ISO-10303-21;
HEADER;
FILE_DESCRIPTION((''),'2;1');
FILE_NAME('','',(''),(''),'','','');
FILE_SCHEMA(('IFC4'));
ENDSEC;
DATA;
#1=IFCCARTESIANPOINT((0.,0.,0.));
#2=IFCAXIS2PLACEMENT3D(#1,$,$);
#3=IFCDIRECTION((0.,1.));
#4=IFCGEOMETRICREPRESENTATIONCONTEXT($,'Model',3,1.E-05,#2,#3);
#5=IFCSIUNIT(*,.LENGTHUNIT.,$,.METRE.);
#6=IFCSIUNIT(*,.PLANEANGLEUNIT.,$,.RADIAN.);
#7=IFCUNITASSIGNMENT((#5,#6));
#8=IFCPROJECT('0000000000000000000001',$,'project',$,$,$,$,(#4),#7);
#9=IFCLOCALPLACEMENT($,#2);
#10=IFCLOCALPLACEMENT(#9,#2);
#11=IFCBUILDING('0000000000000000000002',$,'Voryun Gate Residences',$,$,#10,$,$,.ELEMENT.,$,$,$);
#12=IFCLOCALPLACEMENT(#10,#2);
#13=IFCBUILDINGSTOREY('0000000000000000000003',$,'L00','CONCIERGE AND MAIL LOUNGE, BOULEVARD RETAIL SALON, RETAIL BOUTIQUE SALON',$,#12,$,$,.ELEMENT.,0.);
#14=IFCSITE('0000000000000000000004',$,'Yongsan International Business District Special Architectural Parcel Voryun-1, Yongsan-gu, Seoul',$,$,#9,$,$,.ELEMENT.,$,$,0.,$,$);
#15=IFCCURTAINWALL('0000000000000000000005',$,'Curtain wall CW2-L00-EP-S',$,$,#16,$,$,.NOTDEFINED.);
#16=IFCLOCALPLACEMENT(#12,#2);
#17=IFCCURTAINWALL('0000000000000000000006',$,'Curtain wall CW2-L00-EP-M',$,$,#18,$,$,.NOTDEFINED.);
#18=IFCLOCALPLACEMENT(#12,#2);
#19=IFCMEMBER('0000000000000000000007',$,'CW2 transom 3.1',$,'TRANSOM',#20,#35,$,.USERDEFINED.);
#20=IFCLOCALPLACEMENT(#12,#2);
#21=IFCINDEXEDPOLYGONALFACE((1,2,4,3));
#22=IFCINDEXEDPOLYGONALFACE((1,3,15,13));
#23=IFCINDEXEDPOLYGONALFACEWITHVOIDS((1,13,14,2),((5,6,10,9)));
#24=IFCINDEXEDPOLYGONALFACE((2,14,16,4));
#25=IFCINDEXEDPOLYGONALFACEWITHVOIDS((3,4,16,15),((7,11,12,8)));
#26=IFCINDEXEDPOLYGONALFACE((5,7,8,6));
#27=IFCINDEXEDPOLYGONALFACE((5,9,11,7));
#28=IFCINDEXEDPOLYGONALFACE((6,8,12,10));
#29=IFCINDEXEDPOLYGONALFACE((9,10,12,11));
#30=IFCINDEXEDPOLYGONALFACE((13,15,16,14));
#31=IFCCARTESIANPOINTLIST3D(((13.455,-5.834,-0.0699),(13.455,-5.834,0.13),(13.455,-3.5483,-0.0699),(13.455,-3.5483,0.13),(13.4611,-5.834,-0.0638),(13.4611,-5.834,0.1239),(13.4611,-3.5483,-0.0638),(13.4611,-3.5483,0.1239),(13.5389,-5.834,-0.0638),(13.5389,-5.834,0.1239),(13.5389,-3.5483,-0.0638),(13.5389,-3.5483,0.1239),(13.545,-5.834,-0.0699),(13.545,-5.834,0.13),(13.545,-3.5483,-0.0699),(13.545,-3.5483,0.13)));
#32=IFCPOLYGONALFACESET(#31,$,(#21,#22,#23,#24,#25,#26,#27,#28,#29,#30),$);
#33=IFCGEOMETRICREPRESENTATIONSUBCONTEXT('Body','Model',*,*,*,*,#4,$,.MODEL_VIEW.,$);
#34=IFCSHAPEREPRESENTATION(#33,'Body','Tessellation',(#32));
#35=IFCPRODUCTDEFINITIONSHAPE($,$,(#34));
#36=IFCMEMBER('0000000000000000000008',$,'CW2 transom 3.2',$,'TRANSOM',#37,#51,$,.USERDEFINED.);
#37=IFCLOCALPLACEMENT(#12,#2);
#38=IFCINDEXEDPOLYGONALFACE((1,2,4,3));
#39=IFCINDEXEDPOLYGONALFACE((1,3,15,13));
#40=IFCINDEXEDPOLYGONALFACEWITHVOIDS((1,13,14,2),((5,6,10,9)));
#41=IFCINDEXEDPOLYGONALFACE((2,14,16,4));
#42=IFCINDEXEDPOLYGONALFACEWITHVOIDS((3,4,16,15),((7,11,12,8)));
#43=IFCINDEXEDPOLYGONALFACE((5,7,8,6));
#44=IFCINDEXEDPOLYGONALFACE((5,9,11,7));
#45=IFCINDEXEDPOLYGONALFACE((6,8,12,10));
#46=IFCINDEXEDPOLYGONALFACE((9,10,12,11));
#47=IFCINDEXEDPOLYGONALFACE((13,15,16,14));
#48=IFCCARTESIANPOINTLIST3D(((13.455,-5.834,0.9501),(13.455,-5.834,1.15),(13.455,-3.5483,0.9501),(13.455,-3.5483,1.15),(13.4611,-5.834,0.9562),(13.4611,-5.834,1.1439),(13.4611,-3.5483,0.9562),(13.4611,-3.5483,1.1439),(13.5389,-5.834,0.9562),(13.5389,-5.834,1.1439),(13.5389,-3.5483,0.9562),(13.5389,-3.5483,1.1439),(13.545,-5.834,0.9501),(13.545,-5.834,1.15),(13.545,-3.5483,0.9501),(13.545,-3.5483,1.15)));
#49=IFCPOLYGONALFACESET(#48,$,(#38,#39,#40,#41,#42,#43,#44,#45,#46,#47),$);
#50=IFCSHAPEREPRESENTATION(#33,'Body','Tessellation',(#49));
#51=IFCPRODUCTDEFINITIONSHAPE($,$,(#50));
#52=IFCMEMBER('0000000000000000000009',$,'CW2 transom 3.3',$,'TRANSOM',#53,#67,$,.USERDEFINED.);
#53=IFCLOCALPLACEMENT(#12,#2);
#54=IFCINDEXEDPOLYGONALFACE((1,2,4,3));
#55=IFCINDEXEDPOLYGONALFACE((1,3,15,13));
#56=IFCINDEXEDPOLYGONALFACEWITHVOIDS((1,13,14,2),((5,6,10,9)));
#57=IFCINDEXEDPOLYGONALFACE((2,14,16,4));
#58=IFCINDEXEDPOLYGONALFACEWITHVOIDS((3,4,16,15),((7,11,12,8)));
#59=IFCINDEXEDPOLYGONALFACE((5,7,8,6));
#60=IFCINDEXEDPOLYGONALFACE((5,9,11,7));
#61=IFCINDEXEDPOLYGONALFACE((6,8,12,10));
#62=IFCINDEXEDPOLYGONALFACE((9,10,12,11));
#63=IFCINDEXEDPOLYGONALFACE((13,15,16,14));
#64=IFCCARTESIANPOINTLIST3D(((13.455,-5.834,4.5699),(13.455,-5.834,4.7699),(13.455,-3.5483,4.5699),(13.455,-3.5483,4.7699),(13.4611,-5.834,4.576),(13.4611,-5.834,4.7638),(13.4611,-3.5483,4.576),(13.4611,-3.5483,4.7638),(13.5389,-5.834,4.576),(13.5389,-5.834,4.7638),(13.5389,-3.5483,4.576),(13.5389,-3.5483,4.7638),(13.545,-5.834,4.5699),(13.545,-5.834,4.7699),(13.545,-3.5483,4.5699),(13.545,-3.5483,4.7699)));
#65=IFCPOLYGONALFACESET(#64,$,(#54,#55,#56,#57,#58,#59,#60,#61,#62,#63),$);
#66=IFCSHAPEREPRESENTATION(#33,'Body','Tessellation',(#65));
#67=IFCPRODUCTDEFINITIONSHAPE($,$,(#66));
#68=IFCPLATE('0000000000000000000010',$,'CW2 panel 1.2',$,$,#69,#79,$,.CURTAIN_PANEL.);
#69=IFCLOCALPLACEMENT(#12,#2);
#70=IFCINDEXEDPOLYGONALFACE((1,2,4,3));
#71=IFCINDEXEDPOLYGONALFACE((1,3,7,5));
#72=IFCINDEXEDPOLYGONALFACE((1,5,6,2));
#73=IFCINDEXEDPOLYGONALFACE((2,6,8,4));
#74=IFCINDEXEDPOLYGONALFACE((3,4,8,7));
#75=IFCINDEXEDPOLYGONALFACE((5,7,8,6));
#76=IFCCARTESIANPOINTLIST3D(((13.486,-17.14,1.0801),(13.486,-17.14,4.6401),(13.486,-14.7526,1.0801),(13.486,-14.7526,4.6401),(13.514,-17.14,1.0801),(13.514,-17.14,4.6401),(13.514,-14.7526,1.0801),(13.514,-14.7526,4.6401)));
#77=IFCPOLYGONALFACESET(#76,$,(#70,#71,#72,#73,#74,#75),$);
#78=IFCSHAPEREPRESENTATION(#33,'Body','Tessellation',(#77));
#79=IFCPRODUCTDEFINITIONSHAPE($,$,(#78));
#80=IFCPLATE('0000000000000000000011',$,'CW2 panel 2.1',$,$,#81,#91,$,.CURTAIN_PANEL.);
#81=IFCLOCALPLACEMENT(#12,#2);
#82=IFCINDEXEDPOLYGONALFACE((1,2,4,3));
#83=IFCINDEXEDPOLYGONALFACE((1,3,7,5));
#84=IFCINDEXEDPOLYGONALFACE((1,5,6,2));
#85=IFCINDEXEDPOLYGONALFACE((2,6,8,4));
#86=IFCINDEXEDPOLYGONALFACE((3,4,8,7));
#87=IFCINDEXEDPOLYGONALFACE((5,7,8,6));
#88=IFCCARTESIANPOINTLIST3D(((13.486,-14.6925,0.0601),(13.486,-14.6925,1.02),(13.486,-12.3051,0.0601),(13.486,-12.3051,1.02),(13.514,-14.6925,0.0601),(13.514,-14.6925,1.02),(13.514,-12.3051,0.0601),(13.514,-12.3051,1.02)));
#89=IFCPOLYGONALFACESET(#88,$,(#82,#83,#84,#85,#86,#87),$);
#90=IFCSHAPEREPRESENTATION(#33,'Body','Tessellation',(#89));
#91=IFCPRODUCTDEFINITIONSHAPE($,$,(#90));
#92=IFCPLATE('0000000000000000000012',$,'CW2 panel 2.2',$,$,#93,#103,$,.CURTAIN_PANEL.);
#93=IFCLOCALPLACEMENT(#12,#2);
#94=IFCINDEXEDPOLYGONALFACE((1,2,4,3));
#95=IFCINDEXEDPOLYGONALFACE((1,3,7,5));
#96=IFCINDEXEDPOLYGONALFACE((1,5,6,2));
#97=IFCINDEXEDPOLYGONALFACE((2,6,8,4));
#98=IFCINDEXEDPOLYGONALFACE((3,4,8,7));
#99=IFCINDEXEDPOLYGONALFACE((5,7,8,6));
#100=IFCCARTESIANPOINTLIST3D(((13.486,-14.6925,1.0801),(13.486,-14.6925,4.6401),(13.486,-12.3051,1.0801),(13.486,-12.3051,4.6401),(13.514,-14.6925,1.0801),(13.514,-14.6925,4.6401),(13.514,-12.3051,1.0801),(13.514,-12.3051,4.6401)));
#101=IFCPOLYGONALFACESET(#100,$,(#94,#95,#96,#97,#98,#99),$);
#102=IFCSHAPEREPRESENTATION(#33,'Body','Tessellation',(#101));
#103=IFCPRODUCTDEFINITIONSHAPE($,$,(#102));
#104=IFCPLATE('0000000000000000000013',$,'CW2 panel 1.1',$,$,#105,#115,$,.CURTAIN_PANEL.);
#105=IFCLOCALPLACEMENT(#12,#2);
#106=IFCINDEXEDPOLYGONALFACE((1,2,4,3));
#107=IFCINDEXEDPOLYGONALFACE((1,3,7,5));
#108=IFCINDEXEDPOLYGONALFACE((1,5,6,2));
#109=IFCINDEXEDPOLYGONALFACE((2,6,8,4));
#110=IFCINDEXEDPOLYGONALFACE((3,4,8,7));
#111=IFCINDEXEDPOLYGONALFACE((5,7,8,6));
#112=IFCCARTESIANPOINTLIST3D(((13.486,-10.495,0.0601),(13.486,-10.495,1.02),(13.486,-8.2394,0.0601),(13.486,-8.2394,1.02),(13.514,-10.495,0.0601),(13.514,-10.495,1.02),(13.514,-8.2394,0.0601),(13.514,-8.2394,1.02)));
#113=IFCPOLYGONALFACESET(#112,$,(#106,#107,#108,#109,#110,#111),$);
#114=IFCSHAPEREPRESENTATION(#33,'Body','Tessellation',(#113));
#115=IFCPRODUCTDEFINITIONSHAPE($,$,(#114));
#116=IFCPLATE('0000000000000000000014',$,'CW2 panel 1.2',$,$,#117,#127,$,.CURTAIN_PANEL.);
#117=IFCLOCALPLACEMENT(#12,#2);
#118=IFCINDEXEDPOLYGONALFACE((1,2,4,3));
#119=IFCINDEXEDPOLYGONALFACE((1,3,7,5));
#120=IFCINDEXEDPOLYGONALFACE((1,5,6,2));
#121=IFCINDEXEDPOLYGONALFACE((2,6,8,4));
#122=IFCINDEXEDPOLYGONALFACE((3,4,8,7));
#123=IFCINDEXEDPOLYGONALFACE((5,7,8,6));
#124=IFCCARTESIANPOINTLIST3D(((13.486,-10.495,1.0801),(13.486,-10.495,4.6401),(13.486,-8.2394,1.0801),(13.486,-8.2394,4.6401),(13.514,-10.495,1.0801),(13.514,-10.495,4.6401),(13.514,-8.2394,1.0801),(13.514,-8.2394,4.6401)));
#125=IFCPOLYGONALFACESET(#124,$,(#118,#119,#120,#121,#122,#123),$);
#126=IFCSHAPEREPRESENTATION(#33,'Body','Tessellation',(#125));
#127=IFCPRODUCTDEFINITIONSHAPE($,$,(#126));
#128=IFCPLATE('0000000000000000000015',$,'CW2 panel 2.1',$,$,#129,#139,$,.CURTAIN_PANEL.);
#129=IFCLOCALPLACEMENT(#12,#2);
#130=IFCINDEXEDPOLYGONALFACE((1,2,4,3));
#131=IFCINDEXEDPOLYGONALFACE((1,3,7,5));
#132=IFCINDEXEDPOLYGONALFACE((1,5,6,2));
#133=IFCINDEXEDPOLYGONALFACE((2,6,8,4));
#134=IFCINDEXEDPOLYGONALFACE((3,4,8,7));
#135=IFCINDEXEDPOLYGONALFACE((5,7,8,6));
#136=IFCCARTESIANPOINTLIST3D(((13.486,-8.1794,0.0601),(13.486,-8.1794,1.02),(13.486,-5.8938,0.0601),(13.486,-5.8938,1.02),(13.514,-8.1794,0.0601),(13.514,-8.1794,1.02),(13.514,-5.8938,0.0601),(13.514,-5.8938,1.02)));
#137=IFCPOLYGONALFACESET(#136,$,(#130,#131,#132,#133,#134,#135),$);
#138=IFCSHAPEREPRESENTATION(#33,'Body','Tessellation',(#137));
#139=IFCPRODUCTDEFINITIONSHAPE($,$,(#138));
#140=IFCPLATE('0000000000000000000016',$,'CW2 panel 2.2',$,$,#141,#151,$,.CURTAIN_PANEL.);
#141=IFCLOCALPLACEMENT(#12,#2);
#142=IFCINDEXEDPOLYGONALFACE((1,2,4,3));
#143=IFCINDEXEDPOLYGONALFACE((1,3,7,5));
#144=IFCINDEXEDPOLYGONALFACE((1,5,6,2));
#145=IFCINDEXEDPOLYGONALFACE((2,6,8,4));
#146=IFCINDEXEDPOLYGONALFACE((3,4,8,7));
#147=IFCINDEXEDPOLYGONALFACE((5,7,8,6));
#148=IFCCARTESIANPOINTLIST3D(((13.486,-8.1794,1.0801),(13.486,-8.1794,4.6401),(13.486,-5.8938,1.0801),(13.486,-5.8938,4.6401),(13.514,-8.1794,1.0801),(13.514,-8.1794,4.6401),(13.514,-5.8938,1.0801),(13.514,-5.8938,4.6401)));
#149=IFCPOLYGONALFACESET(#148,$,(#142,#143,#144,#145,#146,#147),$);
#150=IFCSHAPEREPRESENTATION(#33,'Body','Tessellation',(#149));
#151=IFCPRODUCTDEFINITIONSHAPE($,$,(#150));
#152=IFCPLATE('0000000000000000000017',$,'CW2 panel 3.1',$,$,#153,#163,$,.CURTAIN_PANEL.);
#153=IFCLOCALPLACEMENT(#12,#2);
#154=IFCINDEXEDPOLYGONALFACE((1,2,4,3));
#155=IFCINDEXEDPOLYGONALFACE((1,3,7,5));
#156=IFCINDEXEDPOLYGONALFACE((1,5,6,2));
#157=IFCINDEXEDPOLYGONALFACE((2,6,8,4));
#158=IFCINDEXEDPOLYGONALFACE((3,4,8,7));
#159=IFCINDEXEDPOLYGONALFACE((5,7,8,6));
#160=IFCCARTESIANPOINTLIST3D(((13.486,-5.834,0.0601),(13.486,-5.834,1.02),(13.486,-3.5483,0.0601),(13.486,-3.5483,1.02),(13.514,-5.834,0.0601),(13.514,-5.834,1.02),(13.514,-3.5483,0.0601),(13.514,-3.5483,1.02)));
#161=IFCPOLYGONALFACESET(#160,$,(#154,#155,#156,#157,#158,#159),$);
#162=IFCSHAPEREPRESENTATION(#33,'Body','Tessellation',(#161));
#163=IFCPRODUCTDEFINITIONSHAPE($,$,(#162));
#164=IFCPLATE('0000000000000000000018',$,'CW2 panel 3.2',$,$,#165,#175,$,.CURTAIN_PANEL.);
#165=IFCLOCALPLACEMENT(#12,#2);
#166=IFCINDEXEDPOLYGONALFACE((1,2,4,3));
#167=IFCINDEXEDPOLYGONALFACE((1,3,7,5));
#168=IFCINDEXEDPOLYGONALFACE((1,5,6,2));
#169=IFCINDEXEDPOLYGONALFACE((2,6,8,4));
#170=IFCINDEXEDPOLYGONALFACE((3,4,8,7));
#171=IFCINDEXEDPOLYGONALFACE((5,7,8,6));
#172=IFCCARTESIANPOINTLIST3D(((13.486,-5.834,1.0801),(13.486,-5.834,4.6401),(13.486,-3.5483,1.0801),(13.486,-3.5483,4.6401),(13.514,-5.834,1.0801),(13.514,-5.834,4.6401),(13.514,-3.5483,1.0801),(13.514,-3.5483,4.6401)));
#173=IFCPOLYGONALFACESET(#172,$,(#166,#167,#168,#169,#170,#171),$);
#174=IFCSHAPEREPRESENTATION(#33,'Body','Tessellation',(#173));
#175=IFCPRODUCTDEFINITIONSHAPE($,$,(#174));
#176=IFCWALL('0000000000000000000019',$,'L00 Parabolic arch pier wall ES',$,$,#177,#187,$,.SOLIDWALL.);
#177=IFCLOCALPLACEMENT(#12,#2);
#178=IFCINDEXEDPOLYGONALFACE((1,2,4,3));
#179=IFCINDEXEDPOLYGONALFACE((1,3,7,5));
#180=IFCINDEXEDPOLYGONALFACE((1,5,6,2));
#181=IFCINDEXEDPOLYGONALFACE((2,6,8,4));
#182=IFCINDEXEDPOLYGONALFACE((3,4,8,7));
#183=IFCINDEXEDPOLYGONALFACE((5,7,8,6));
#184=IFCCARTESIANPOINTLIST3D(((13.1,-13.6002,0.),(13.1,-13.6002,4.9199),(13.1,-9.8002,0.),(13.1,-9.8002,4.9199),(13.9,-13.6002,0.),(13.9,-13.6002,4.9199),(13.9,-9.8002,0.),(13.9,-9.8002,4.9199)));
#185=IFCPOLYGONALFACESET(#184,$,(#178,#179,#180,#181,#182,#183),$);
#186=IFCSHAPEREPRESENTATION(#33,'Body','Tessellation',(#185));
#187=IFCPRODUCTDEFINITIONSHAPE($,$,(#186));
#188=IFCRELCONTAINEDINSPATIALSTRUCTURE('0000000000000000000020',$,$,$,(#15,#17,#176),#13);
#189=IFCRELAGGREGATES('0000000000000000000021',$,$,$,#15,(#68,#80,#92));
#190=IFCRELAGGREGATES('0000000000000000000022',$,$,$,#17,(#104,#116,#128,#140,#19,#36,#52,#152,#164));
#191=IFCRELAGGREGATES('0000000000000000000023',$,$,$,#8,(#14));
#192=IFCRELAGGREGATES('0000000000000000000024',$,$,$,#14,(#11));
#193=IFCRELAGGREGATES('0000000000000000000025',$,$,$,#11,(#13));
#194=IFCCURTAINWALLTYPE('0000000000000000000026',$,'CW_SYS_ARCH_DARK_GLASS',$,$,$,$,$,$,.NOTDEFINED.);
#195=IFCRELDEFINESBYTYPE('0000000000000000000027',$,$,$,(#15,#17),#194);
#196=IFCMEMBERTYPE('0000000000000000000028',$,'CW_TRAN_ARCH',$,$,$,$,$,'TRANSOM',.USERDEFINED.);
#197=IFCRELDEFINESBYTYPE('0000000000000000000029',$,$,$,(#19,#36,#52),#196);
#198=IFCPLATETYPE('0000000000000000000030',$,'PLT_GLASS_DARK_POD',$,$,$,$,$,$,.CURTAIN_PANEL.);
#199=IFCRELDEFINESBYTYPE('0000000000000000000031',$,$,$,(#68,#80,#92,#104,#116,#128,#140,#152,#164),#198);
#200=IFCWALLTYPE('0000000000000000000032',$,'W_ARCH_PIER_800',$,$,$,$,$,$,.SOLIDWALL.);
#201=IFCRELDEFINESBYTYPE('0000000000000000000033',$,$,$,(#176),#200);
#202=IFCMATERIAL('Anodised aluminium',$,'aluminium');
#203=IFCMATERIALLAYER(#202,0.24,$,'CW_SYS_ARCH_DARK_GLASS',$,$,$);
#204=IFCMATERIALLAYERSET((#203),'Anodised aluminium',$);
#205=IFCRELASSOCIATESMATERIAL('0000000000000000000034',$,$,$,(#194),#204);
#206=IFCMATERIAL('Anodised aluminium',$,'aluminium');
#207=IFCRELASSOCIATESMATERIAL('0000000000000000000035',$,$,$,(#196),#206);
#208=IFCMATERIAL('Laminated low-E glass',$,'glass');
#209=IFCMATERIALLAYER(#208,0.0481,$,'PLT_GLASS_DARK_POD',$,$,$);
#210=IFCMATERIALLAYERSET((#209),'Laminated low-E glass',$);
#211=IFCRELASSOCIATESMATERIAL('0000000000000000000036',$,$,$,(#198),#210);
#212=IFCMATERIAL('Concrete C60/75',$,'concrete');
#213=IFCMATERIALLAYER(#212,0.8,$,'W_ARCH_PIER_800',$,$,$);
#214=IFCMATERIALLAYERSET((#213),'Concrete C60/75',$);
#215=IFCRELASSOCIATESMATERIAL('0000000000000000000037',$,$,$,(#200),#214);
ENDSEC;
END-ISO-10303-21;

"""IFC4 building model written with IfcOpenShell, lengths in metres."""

from ifc_helpers import new_model, si_unit, direction, frame, frame_2d, origin, origin_2d, place, context, subcontext, project, spatial, rectangle, hollow_rectangle, extrude, material, layer, layer_set, material_profile, profile_set, type_object, element, aggregate, save


model = new_model("IFC4")

# Units and contexts
model_context = context("Model", 3, precision=1e-05, world=origin(), true_north=direction((0.0, 1.0)))
body_context = subcontext(model_context, "Body", "Model", "MODEL_VIEW")
ifc_project = project(units=[si_unit("LENGTHUNIT", "METRE"), si_unit("PLANEANGLEUNIT", "RADIAN")], contexts=[model_context])

# Site, building, storey
site_placement = place(None, origin())
site = spatial("IfcSite", under=ifc_project, at=site_placement, Name="Yongsan International Business District Special Architectural Parcel Voryun-1, Yongsan-gu, Seoul", CompositionType="ELEMENT", RefElevation=0.0)
building_placement = place(site_placement, origin())
building = spatial("IfcBuilding", under=site, at=building_placement, Name="Voryun Gate Residences", CompositionType="ELEMENT")
storey_placement = place(building_placement, origin())
storey = spatial("IfcBuildingStorey", under=building, at=storey_placement, Name="L00", Description="CONCIERGE AND MAIL LOUNGE, BOULEVARD RETAIL SALON, RETAIL BOUTIQUE SALON", CompositionType="ELEMENT", Elevation=0.0)

# Curtain walls
ifc_material_1 = material(Name="Anodised aluminium", Category="aluminium")
ifc_layer_1 = layer(ifc_material_1, 0.24, Name="CW_SYS_ARCH_DARK_GLASS")
ifc_layer_set_1 = layer_set([ifc_layer_1], Name="Anodised aluminium")
curtain_wall_type = type_object("IfcCurtainWallType", Name="CW_SYS_ARCH_DARK_GLASS", PredefinedType="NOTDEFINED", material=ifc_layer_set_1)
curtain_wall_1_placement = place(storey_placement, origin())
curtain_wall_1 = element("IfcCurtainWall", 1, at=curtain_wall_1_placement, inside=storey, type_object=curtain_wall_type, Name="Curtain wall CW2-L00-EP-S", PredefinedType="NOTDEFINED")
curtain_wall_2_placement = place(storey_placement, origin())
curtain_wall_2 = element("IfcCurtainWall", 2, at=curtain_wall_2_placement, inside=storey, type_object=curtain_wall_type, Name="Curtain wall CW2-L00-EP-M", PredefinedType="NOTDEFINED")

# Members
ifc_material_2 = material(Name="Anodised aluminium", Category="aluminium")
ifc_material_profile_1 = material_profile(ifc_material_2, hollow_rectangle(XDim=0.0901, YDim=0.2, WallThickness=0.0061, at=origin_2d()), Name="ALU-TRAN-200x90x6")
ifc_profile_set_1 = profile_set([ifc_material_profile_1], Name="Anodised aluminium")
member_type_1 = type_object("IfcMemberType", Name="CW_TRAN_ARCH", ElementType="TRANSOM", PredefinedType="USERDEFINED", material=ifc_profile_set_1)
member_1_placement = place(storey_placement, frame((13.5, -5.834, 0.03), z_axis=(0.0, 1.0, 0.0), x_axis=(-1.0, 0.0, 0.0)))
member_1 = element("IfcMember", 3, at=member_1_placement, type_object=member_type_1, Name="CW2 transom 3.1", ObjectType="TRANSOM", PredefinedType="USERDEFINED", context=body_context, shape_type="SweptSolid", body=[
    extrude(hollow_rectangle(XDim=0.0901, YDim=0.2, WallThickness=0.0061, at=origin_2d()), origin(), (0.0, 0.0, 1.0), 2.2856),
])
member_2_placement = place(storey_placement, frame((13.5, -5.834, 1.05), z_axis=(0.0, 1.0, 0.0), x_axis=(-1.0, 0.0, 0.0)))
member_2 = element("IfcMember", 4, at=member_2_placement, type_object=member_type_1, Name="CW2 transom 3.2", ObjectType="TRANSOM", PredefinedType="USERDEFINED", context=body_context, shape_type="SweptSolid", body=[
    extrude(hollow_rectangle(XDim=0.0901, YDim=0.2, WallThickness=0.0061, at=origin_2d()), origin(), (0.0, 0.0, 1.0), 2.2856),
])
member_3_placement = place(storey_placement, frame((13.5, -5.834, 4.6699), z_axis=(0.0, 1.0, 0.0), x_axis=(-1.0, 0.0, 0.0)))
member_3 = element("IfcMember", 5, at=member_3_placement, type_object=member_type_1, Name="CW2 transom 3.3", ObjectType="TRANSOM", PredefinedType="USERDEFINED", context=body_context, shape_type="SweptSolid", body=[
    extrude(hollow_rectangle(XDim=0.0901, YDim=0.2, WallThickness=0.0061, at=origin_2d()), origin(), (0.0, 0.0, 1.0), 2.2856),
])

# Plates
ifc_material_3 = material(Name="Laminated low-E glass", Category="glass")
ifc_layer_2 = layer(ifc_material_3, 0.0481, Name="PLT_GLASS_DARK_POD")
ifc_layer_set_2 = layer_set([ifc_layer_2], Name="Laminated low-E glass")
plate_type = type_object("IfcPlateType", Name="PLT_GLASS_DARK_POD", PredefinedType="CURTAIN_PANEL", material=ifc_layer_set_2)
plate_1_placement = place(storey_placement, frame((13.5, -15.9463, 1.0801), z_axis=(0.0, 0.0, 1.0), x_axis=(0.0, 1.0, 0.0)))
plate_1 = element("IfcPlate", 6, at=plate_1_placement, type_object=plate_type, Name="CW2 panel 1.2", PredefinedType="CURTAIN_PANEL", context=body_context, shape_type="SweptSolid", body=[
    extrude(rectangle(XDim=2.3875, YDim=0.0281, at=origin_2d()), origin(), (0.0, 0.0, 1.0), 3.5601),
])
plate_2_placement = place(storey_placement, frame((13.5, -13.4988, 0.0601), z_axis=(0.0, 0.0, 1.0), x_axis=(0.0, 1.0, 0.0)))
plate_2 = element("IfcPlate", 7, at=plate_2_placement, type_object=plate_type, Name="CW2 panel 2.1", PredefinedType="CURTAIN_PANEL", context=body_context, shape_type="SweptSolid", body=[
    extrude(rectangle(XDim=2.3875, YDim=0.0281, at=origin_2d()), origin(), (0.0, 0.0, 1.0), 0.96),
])
plate_3_placement = place(storey_placement, frame((13.5, -13.4988, 1.0801), z_axis=(0.0, 0.0, 1.0), x_axis=(0.0, 1.0, 0.0)))
plate_3 = element("IfcPlate", 8, at=plate_3_placement, type_object=plate_type, Name="CW2 panel 2.2", PredefinedType="CURTAIN_PANEL", context=body_context, shape_type="SweptSolid", body=[
    extrude(rectangle(XDim=2.3875, YDim=0.0281, at=origin_2d()), origin(), (0.0, 0.0, 1.0), 3.5601),
])
aggregate(curtain_wall_1, [plate_1, plate_2, plate_3])
plate_4_placement = place(storey_placement, frame((13.5, -9.3672, 0.0601), z_axis=(0.0, 0.0, 1.0), x_axis=(0.0, 1.0, 0.0)))
plate_4 = element("IfcPlate", 9, at=plate_4_placement, type_object=plate_type, Name="CW2 panel 1.1", PredefinedType="CURTAIN_PANEL", context=body_context, shape_type="SweptSolid", body=[
    extrude(rectangle(XDim=2.2556, YDim=0.0281, at=origin_2d()), origin(), (0.0, 0.0, 1.0), 0.96),
])
plate_5_placement = place(storey_placement, frame((13.5, -9.3672, 1.0801), z_axis=(0.0, 0.0, 1.0), x_axis=(0.0, 1.0, 0.0)))
plate_5 = element("IfcPlate", 10, at=plate_5_placement, type_object=plate_type, Name="CW2 panel 1.2", PredefinedType="CURTAIN_PANEL", context=body_context, shape_type="SweptSolid", body=[
    extrude(rectangle(XDim=2.2556, YDim=0.0281, at=origin_2d()), origin(), (0.0, 0.0, 1.0), 3.5601),
])
plate_6_placement = place(storey_placement, frame((13.5, -7.0366, 0.0601), z_axis=(0.0, 0.0, 1.0), x_axis=(0.0, 1.0, 0.0)))
plate_6 = element("IfcPlate", 11, at=plate_6_placement, type_object=plate_type, Name="CW2 panel 2.1", PredefinedType="CURTAIN_PANEL", context=body_context, shape_type="SweptSolid", body=[
    extrude(rectangle(XDim=2.2856, YDim=0.0281, at=origin_2d()), origin(), (0.0, 0.0, 1.0), 0.96),
])
plate_7_placement = place(storey_placement, frame((13.5, -7.0366, 1.0801), z_axis=(0.0, 0.0, 1.0), x_axis=(0.0, 1.0, 0.0)))
plate_7 = element("IfcPlate", 12, at=plate_7_placement, type_object=plate_type, Name="CW2 panel 2.2", PredefinedType="CURTAIN_PANEL", context=body_context, shape_type="SweptSolid", body=[
    extrude(rectangle(XDim=2.2856, YDim=0.0281, at=origin_2d()), origin(), (0.0, 0.0, 1.0), 3.5601),
])
plate_8_placement = place(storey_placement, frame((13.5, -4.6912, 0.0601), z_axis=(0.0, 0.0, 1.0), x_axis=(0.0, 1.0, 0.0)))
plate_8 = element("IfcPlate", 13, at=plate_8_placement, type_object=plate_type, Name="CW2 panel 3.1", PredefinedType="CURTAIN_PANEL", context=body_context, shape_type="SweptSolid", body=[
    extrude(rectangle(XDim=2.2856, YDim=0.0281, at=origin_2d()), origin(), (0.0, 0.0, 1.0), 0.96),
])
plate_9_placement = place(storey_placement, frame((13.5, -4.6912, 1.0801), z_axis=(0.0, 0.0, 1.0), x_axis=(0.0, 1.0, 0.0)))
plate_9 = element("IfcPlate", 14, at=plate_9_placement, type_object=plate_type, Name="CW2 panel 3.2", PredefinedType="CURTAIN_PANEL", context=body_context, shape_type="SweptSolid", body=[
    extrude(rectangle(XDim=2.2856, YDim=0.0281, at=origin_2d()), origin(), (0.0, 0.0, 1.0), 3.5601),
])
aggregate(curtain_wall_2, [plate_4, plate_5, plate_6, plate_7, member_1, member_2, member_3, plate_8, plate_9])

# Wall
ifc_material_4 = material(Name="Concrete C60/75", Category="concrete")
ifc_layer_3 = layer(ifc_material_4, 0.8, Name="W_ARCH_PIER_800")
ifc_layer_set_3 = layer_set([ifc_layer_3], Name="Concrete C60/75")
wall_type = type_object("IfcWallType", Name="W_ARCH_PIER_800", PredefinedType="SOLIDWALL", material=ifc_layer_set_3)
wall_placement = place(storey_placement, frame((13.5, -13.6001, 0.0), z_axis=(0.0, 0.0, 1.0), x_axis=(0.0, 1.0, 0.0)))
element("IfcWall", 15, at=wall_placement, inside=storey, type_object=wall_type, Name="L00 Parabolic arch pier wall ES", PredefinedType="SOLIDWALL", context=body_context, shape_type="SweptSolid", body=[
    extrude(rectangle(XDim=3.8, YDim=0.8, at=frame_2d((1.8999, 0.0))), origin(), (0.0, 0.0, 1.0), 4.9199),
])

save(model, "model.ifc")
